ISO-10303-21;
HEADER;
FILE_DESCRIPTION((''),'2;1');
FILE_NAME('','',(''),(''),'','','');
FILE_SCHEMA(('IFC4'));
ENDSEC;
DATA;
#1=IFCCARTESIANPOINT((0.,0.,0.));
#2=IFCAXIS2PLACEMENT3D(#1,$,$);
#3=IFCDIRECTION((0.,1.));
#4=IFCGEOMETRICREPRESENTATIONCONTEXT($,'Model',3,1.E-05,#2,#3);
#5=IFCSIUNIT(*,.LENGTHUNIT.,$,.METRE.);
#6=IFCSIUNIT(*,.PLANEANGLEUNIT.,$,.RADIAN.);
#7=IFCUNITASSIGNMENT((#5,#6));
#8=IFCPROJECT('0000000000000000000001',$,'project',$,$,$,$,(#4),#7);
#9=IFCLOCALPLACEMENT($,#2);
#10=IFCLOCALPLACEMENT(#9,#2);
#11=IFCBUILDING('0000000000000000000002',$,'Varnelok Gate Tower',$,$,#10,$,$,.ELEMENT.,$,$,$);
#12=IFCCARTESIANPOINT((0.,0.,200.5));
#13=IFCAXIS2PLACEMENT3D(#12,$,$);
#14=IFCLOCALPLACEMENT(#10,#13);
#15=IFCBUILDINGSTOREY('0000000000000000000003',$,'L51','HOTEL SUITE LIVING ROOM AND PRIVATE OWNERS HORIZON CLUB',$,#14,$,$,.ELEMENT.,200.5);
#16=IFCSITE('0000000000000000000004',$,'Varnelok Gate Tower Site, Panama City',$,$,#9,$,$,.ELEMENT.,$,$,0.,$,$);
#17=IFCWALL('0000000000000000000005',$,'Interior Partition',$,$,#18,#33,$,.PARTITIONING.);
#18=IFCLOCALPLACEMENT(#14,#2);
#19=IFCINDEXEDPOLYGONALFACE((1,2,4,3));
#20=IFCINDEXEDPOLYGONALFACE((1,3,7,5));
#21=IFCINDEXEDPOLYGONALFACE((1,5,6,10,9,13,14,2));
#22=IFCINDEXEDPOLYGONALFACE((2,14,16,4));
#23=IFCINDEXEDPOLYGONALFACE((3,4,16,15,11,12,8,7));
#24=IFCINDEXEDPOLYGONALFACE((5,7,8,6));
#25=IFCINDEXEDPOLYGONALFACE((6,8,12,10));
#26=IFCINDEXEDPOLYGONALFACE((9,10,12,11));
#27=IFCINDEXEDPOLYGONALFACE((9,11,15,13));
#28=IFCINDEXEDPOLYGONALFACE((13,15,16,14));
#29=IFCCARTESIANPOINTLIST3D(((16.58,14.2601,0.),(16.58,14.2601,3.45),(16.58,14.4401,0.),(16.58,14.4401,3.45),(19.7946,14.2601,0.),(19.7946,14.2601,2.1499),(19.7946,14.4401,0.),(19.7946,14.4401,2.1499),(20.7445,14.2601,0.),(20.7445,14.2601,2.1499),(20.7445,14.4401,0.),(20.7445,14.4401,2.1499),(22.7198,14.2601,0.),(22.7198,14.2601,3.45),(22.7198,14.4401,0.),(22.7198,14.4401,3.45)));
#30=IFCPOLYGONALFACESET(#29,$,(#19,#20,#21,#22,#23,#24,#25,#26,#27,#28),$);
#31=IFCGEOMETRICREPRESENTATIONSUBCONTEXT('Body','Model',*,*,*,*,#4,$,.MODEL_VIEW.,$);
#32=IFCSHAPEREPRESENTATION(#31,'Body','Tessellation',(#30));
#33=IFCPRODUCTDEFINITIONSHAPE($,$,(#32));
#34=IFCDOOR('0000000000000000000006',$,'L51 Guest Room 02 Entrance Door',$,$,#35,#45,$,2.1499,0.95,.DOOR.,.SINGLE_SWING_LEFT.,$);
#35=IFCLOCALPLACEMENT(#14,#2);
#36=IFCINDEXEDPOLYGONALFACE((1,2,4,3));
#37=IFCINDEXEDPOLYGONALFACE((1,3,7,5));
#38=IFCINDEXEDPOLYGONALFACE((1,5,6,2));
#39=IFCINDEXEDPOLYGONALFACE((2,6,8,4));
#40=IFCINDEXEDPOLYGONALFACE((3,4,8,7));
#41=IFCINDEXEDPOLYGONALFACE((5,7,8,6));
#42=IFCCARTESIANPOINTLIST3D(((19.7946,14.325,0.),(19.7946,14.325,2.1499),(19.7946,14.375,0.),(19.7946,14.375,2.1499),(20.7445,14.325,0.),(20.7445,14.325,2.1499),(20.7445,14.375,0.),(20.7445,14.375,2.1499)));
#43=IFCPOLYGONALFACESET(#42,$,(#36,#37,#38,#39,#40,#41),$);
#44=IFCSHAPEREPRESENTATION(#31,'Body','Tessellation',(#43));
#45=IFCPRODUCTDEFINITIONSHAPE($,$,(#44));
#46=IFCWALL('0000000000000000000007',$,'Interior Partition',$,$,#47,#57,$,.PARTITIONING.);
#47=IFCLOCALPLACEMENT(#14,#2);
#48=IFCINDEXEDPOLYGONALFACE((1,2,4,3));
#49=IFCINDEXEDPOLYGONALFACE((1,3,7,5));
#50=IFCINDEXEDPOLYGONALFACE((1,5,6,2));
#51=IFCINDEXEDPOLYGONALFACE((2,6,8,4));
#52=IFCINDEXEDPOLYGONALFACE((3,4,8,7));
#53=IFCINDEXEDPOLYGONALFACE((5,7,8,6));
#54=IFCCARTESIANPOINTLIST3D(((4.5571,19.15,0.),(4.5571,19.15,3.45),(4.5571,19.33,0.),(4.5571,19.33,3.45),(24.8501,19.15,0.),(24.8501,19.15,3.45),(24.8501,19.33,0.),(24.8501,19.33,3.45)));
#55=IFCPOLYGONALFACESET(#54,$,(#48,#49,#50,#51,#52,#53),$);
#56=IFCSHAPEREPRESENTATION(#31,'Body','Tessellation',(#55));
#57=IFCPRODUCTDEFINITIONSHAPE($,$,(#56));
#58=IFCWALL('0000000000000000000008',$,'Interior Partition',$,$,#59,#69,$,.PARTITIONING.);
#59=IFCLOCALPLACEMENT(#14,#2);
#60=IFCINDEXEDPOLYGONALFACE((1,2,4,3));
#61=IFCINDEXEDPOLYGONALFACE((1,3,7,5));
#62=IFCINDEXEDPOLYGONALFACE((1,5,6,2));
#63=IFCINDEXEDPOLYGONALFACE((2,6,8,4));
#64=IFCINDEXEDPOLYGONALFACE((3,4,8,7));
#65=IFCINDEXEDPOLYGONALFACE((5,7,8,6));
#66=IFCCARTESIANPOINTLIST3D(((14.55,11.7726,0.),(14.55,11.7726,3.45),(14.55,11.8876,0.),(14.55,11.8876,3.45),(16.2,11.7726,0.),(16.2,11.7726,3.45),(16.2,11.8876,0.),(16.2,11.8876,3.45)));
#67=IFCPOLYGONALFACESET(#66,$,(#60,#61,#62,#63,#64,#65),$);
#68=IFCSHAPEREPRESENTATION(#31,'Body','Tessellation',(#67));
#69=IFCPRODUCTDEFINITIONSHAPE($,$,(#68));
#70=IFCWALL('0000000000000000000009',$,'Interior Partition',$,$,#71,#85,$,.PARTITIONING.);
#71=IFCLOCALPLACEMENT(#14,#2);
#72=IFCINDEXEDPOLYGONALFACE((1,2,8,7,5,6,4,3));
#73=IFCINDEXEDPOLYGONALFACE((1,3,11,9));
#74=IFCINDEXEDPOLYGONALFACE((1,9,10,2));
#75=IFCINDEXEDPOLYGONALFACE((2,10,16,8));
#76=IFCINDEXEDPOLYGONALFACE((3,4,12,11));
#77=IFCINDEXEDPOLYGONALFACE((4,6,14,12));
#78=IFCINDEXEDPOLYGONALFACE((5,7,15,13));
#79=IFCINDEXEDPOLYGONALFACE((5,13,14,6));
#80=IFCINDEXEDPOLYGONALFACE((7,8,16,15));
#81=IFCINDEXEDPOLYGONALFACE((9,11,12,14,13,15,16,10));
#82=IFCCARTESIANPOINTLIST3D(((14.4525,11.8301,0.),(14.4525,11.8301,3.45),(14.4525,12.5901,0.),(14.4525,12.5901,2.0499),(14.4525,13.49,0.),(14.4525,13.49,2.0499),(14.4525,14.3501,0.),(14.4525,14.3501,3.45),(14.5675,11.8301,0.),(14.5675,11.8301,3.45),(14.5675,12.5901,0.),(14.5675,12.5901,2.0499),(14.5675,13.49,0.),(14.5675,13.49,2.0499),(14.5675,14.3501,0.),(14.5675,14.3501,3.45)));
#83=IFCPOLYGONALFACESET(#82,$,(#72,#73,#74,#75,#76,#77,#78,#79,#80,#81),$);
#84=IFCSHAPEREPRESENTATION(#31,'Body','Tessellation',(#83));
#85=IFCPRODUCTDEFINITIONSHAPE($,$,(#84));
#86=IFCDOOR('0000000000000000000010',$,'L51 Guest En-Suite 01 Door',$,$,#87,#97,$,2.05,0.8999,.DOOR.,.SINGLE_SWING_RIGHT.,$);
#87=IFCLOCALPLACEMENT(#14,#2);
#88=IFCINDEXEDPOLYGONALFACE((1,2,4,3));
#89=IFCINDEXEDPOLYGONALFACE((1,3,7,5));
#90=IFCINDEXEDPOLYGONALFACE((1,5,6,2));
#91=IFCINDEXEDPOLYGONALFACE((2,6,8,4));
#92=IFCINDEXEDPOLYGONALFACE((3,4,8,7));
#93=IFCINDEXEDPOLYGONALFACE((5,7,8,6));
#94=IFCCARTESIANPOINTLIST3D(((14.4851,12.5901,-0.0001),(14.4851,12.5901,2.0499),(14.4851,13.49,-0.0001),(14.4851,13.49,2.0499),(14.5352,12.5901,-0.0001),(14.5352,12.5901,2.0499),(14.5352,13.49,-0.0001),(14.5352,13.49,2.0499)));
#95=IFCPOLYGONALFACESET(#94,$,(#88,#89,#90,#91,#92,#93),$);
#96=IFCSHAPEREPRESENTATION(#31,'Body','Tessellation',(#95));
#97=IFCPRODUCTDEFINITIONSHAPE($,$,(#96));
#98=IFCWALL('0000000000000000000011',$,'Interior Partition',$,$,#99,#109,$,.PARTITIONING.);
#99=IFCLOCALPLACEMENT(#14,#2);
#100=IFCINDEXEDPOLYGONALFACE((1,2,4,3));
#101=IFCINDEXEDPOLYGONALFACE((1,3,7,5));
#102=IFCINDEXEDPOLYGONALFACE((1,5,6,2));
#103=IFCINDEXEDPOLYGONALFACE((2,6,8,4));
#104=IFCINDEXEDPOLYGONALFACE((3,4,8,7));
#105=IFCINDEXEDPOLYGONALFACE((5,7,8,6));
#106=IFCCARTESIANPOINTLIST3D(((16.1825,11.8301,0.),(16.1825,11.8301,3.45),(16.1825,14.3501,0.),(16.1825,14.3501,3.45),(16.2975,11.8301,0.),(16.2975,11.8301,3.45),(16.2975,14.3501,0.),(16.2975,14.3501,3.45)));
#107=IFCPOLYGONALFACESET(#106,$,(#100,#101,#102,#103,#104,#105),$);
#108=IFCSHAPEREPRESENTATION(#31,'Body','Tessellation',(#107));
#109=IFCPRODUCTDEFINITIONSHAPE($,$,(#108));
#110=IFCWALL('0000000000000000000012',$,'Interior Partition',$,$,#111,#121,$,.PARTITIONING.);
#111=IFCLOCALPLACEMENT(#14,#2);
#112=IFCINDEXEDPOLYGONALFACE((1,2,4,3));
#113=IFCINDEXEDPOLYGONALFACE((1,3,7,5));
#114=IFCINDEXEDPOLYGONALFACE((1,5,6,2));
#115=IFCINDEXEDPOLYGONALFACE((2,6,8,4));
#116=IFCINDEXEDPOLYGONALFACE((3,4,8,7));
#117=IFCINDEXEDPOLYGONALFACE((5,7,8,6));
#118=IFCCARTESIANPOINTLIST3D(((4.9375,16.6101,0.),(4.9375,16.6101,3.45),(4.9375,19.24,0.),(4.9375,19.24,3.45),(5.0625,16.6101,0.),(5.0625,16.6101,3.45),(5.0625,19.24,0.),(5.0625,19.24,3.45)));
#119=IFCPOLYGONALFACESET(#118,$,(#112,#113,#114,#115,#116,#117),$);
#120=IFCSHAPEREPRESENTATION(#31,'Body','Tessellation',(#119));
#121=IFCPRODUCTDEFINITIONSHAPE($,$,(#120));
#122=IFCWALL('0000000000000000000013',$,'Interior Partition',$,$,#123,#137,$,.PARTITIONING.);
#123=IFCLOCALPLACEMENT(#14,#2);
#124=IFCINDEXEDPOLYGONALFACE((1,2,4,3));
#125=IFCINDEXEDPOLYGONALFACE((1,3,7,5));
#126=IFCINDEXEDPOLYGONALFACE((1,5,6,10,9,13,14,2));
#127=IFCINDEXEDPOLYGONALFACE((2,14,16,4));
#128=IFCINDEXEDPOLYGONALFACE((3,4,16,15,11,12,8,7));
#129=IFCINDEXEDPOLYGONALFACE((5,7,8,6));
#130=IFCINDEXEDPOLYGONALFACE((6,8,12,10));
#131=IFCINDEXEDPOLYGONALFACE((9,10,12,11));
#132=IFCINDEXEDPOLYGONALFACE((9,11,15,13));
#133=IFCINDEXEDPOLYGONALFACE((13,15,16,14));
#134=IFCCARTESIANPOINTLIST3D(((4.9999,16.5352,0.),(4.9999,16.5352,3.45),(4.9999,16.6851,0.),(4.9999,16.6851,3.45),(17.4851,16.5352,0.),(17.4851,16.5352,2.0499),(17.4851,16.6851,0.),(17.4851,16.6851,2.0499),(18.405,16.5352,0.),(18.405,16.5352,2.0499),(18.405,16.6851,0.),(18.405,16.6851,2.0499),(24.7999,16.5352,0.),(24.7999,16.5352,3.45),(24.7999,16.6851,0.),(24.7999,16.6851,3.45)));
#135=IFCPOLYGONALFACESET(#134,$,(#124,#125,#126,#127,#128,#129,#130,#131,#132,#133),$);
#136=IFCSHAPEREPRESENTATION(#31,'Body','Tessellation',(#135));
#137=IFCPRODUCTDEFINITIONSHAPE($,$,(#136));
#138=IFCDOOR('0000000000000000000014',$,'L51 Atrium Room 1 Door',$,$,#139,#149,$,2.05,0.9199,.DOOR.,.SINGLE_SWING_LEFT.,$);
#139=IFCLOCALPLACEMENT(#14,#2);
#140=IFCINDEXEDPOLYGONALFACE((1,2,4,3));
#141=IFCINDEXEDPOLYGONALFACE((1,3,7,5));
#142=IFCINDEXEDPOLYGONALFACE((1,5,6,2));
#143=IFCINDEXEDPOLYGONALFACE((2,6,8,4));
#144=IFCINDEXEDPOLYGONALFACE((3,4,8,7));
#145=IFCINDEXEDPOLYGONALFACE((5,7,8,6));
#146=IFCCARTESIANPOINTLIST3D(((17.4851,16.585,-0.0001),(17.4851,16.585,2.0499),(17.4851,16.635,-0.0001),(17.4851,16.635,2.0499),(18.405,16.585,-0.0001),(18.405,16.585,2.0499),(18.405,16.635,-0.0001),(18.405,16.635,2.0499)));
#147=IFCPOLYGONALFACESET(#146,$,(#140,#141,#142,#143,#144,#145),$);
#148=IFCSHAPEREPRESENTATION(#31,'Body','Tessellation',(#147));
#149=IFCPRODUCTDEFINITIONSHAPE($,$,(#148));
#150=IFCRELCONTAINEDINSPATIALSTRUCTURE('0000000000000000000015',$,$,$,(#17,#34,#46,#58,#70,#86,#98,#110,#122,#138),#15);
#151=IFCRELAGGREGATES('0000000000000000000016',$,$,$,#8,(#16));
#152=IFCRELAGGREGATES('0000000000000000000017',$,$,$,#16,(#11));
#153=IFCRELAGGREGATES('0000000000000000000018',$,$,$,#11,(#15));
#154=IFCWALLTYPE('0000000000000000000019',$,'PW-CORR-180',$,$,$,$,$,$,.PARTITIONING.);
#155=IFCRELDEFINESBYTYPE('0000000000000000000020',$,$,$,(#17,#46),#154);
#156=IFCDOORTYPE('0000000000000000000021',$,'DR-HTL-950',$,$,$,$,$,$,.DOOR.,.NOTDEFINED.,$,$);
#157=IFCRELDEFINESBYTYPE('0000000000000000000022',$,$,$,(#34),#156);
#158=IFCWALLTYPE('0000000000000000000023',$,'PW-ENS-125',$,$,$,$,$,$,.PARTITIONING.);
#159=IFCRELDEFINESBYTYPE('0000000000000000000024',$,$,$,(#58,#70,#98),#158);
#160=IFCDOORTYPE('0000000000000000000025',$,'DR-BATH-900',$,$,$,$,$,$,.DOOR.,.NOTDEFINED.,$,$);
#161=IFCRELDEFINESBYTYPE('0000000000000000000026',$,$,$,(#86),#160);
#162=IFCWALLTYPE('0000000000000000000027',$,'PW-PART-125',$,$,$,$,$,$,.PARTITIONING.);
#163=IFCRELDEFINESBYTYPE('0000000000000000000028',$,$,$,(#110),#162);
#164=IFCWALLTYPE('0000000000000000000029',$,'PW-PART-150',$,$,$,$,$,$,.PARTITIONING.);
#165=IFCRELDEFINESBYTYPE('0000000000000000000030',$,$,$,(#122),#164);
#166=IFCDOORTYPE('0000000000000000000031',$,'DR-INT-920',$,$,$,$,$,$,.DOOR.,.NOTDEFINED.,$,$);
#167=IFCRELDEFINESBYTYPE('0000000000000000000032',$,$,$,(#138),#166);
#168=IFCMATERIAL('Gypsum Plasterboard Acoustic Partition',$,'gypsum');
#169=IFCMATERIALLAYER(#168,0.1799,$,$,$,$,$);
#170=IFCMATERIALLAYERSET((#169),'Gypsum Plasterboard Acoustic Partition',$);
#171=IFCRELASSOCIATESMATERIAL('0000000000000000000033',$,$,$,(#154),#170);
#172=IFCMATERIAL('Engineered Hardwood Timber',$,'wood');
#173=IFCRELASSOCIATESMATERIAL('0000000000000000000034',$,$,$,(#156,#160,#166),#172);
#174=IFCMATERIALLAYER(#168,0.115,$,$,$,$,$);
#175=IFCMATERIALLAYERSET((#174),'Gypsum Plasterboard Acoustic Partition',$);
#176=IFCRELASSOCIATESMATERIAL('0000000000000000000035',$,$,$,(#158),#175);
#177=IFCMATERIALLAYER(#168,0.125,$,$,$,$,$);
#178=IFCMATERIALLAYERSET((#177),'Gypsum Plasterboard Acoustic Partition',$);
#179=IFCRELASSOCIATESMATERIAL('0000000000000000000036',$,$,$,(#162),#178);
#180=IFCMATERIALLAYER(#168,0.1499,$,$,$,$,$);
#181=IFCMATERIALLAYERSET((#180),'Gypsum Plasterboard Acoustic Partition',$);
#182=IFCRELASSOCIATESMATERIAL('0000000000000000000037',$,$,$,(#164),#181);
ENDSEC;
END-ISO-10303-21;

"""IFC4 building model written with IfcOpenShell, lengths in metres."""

from ifc_helpers import new_model, si_unit, direction, frame, frame_2d, origin, place, context, subcontext, project, spatial, rectangle, extrude, material, layer, layer_set, type_object, element, fill, save


model = new_model("IFC4")

# Units and contexts
model_context = context("Model", 3, precision=1e-05, world=origin(), true_north=direction((0.0, 1.0)))
body_context = subcontext(model_context, "Body", "Model", "MODEL_VIEW")
ifc_project = project(units=[si_unit("LENGTHUNIT", "METRE"), si_unit("PLANEANGLEUNIT", "RADIAN")], contexts=[model_context])

# Site, building, storey
site_placement = place(None, origin())
site = spatial("IfcSite", under=ifc_project, at=site_placement, Name="Varnelok Gate Tower Site, Panama City", CompositionType="ELEMENT", RefElevation=0.0)
building_placement = place(site_placement, origin())
building = spatial("IfcBuilding", under=site, at=building_placement, Name="Varnelok Gate Tower", CompositionType="ELEMENT")
storey_placement = place(building_placement, frame((0.0, 0.0, 200.5)))
storey = spatial("IfcBuildingStorey", under=building, at=storey_placement, Name="L51", Description="HOTEL SUITE LIVING ROOM AND PRIVATE OWNERS HORIZON CLUB", CompositionType="ELEMENT", Elevation=200.5)

# Wall, opening, door
ifc_material_1 = material(Name="Gypsum Plasterboard Acoustic Partition", Category="gypsum")
ifc_layer_1 = layer(ifc_material_1, 0.1799)
ifc_layer_set_1 = layer_set([ifc_layer_1], Name="Gypsum Plasterboard Acoustic Partition")
wall_type_1 = type_object("IfcWallType", Name="PW-CORR-180", PredefinedType="PARTITIONING", material=ifc_layer_set_1)
ifc_material_2 = material(Name="Engineered Hardwood Timber", Category="wood")
door_type_1 = type_object("IfcDoorType", Name="DR-HTL-950", OperationType="NOTDEFINED", PredefinedType="DOOR", material=ifc_material_2)
wall_1_placement = place(storey_placement, frame((16.5801, 14.3501, 0.0), z_axis=(0.0, 0.0, 1.0), x_axis=(1.0, 0.0, 0.0)))
wall_1 = element("IfcWall", 1, at=wall_1_placement, inside=storey, type_object=wall_type_1, Name="Interior Partition", PredefinedType="PARTITIONING", context=body_context, shape_type="SweptSolid", body=[
    extrude(rectangle(XDim=6.1399, YDim=0.1799, at=frame_2d((3.0698, 0.0))), origin(), (0.0, 0.0, 1.0), 3.45),
])
opening_1_placement = place(wall_1_placement, frame((3.2144, 0.0, 0.0)))
opening_1 = element("IfcOpeningElement", 2, at=opening_1_placement, cuts=wall_1, PredefinedType="OPENING", context=body_context, shape_type="SweptSolid", body=[
    extrude(rectangle(XDim=0.95, YDim=2.1499, at=frame_2d((0.4751, 1.075))), frame((0.0, 0.0999, 0.0), z_axis=(0.0, -1.0, 0.0), x_axis=(1.0, 0.0, 0.0)), (0.0, 0.0, 1.0), 0.2),
])
door_1_placement = place(opening_1_placement, origin())
door_1 = element("IfcDoor", 3, at=door_1_placement, inside=storey, type_object=door_type_1, Name="L51 Guest Room 02 Entrance Door", OperationType="SINGLE_SWING_LEFT", OverallHeight=2.1499, OverallWidth=0.95, PredefinedType="DOOR", context=body_context, shape_type="SweptSolid", body=[
    extrude(rectangle(XDim=0.95, YDim=2.1499, at=frame_2d((0.4751, 1.075))), frame((0.0, 0.0249, 0.0), z_axis=(0.0, -1.0, 0.0), x_axis=(1.0, 0.0, 0.0)), (0.0, 0.0, 1.0), 0.05),
])
fill(opening_1, door_1)

# Walls
wall_2_placement = place(storey_placement, frame((4.5571, 19.24, 0.0), z_axis=(0.0, 0.0, 1.0), x_axis=(1.0, 0.0, 0.0)))
element("IfcWall", 4, at=wall_2_placement, inside=storey, type_object=wall_type_1, Name="Interior Partition", PredefinedType="PARTITIONING", context=body_context, shape_type="SweptSolid", body=[
    extrude(rectangle(XDim=20.293, YDim=0.1799, at=frame_2d((10.1465, 0.0))), origin(), (0.0, 0.0, 1.0), 3.45),
])
ifc_layer_2 = layer(ifc_material_1, 0.115)
ifc_layer_set_2 = layer_set([ifc_layer_2], Name="Gypsum Plasterboard Acoustic Partition")
wall_type_2 = type_object("IfcWallType", Name="PW-ENS-125", PredefinedType="PARTITIONING", material=ifc_layer_set_2)
wall_3_placement = place(storey_placement, frame((14.55, 11.8301, 0.0), z_axis=(0.0, 0.0, 1.0), x_axis=(1.0, 0.0, 0.0)))
element("IfcWall", 5, at=wall_3_placement, inside=storey, type_object=wall_type_2, Name="Interior Partition", PredefinedType="PARTITIONING", context=body_context, shape_type="SweptSolid", body=[
    extrude(rectangle(XDim=1.6499, YDim=0.115, at=frame_2d((0.825, 0.0))), origin(), (0.0, 0.0, 1.0), 3.45),
])

# Wall, opening, door
wall_4_placement = place(storey_placement, frame((14.51, 11.8301, 0.0), z_axis=(0.0, 0.0, 1.0), x_axis=(0.0, 1.0, 0.0)))
wall_4 = element("IfcWall", 6, at=wall_4_placement, inside=storey, type_object=wall_type_2, Name="Interior Partition", PredefinedType="PARTITIONING", context=body_context, shape_type="SweptSolid", body=[
    extrude(rectangle(XDim=2.52, YDim=0.115, at=frame_2d((1.26, 0.0))), origin(), (0.0, 0.0, 1.0), 3.45),
])
opening_2_placement = place(wall_4_placement, frame((0.76, 0.0, 0.0)))
opening_2 = element("IfcOpeningElement", 7, at=opening_2_placement, cuts=wall_4, PredefinedType="OPENING", context=body_context, shape_type="SweptSolid", body=[
    extrude(rectangle(XDim=0.8999, YDim=2.05, at=frame_2d((0.45, 1.0249))), frame((0.0, 0.0674, 0.0), z_axis=(0.0, -1.0, 0.0), x_axis=(1.0, 0.0, 0.0)), (0.0, 0.0, 1.0), 0.135),
])
door_type_2 = type_object("IfcDoorType", Name="DR-BATH-900", OperationType="NOTDEFINED", PredefinedType="DOOR", material=ifc_material_2)
door_2_placement = place(opening_2_placement, origin())
door_2 = element("IfcDoor", 8, at=door_2_placement, inside=storey, type_object=door_type_2, Name="L51 Guest En-Suite 01 Door", OperationType="SINGLE_SWING_RIGHT", OverallHeight=2.05, OverallWidth=0.8999, PredefinedType="DOOR", context=body_context, shape_type="SweptSolid", body=[
    extrude(rectangle(XDim=0.8999, YDim=2.05, at=frame_2d((0.45, 1.0249))), frame((0.0, 0.0249, 0.0), z_axis=(0.0, -1.0, 0.0), x_axis=(1.0, 0.0, 0.0)), (0.0, 0.0, 1.0), 0.05),
])
fill(opening_2, door_2)

# Walls
wall_5_placement = place(storey_placement, frame((16.24, 11.8301, 0.0), z_axis=(0.0, 0.0, 1.0), x_axis=(0.0, 1.0, 0.0)))
element("IfcWall", 9, at=wall_5_placement, inside=storey, type_object=wall_type_2, Name="Interior Partition", PredefinedType="PARTITIONING", context=body_context, shape_type="SweptSolid", body=[
    extrude(rectangle(XDim=2.52, YDim=0.115, at=frame_2d((1.26, 0.0))), origin(), (0.0, 0.0, 1.0), 3.45),
])
ifc_layer_3 = layer(ifc_material_1, 0.125)
ifc_layer_set_3 = layer_set([ifc_layer_3], Name="Gypsum Plasterboard Acoustic Partition")
wall_type_3 = type_object("IfcWallType", Name="PW-PART-125", PredefinedType="PARTITIONING", material=ifc_layer_set_3)
wall_6_placement = place(storey_placement, frame((5.0, 16.6101, 0.0), z_axis=(0.0, 0.0, 1.0), x_axis=(0.0, 1.0, 0.0)))
element("IfcWall", 10, at=wall_6_placement, inside=storey, type_object=wall_type_3, Name="Interior Partition", PredefinedType="PARTITIONING", context=body_context, shape_type="SweptSolid", body=[
    extrude(rectangle(XDim=2.6299, YDim=0.125, at=frame_2d((1.3149, 0.0))), origin(), (0.0, 0.0, 1.0), 3.45),
])

# Wall, opening, door
ifc_layer_4 = layer(ifc_material_1, 0.1499)
ifc_layer_set_4 = layer_set([ifc_layer_4], Name="Gypsum Plasterboard Acoustic Partition")
wall_type_4 = type_object("IfcWallType", Name="PW-PART-150", PredefinedType="PARTITIONING", material=ifc_layer_set_4)
wall_7_placement = place(storey_placement, frame((5.0, 16.6101, 0.0), z_axis=(0.0, 0.0, 1.0), x_axis=(1.0, 0.0, 0.0)))
wall_7 = element("IfcWall", 11, at=wall_7_placement, inside=storey, type_object=wall_type_4, Name="Interior Partition", PredefinedType="PARTITIONING", context=body_context, shape_type="SweptSolid", body=[
    extrude(rectangle(XDim=19.8, YDim=0.1499, at=frame_2d((9.8999, 0.0))), origin(), (0.0, 0.0, 1.0), 3.45),
])
opening_3_placement = place(wall_7_placement, frame((12.4851, 0.0, 0.0)))
opening_3 = element("IfcOpeningElement", 12, at=opening_3_placement, cuts=wall_7, PredefinedType="OPENING", context=body_context, shape_type="SweptSolid", body=[
    extrude(rectangle(XDim=0.9199, YDim=2.05, at=frame_2d((0.46, 1.0249))), frame((0.0, 0.085, 0.0), z_axis=(0.0, -1.0, 0.0), x_axis=(1.0, 0.0, 0.0)), (0.0, 0.0, 1.0), 0.1699),
])
door_type_3 = type_object("IfcDoorType", Name="DR-INT-920", OperationType="NOTDEFINED", PredefinedType="DOOR", material=ifc_material_2)
door_3_placement = place(opening_3_placement, origin())
door_3 = element("IfcDoor", 13, at=door_3_placement, inside=storey, type_object=door_type_3, Name="L51 Atrium Room 1 Door", OperationType="SINGLE_SWING_LEFT", OverallHeight=2.05, OverallWidth=0.9199, PredefinedType="DOOR", context=body_context, shape_type="SweptSolid", body=[
    extrude(rectangle(XDim=0.9199, YDim=2.05, at=frame_2d((0.46, 1.0249))), frame((0.0, 0.0249, 0.0), z_axis=(0.0, -1.0, 0.0), x_axis=(1.0, 0.0, 0.0)), (0.0, 0.0, 1.0), 0.05),
])
fill(opening_3, door_3)

save(model, "model.ifc")
